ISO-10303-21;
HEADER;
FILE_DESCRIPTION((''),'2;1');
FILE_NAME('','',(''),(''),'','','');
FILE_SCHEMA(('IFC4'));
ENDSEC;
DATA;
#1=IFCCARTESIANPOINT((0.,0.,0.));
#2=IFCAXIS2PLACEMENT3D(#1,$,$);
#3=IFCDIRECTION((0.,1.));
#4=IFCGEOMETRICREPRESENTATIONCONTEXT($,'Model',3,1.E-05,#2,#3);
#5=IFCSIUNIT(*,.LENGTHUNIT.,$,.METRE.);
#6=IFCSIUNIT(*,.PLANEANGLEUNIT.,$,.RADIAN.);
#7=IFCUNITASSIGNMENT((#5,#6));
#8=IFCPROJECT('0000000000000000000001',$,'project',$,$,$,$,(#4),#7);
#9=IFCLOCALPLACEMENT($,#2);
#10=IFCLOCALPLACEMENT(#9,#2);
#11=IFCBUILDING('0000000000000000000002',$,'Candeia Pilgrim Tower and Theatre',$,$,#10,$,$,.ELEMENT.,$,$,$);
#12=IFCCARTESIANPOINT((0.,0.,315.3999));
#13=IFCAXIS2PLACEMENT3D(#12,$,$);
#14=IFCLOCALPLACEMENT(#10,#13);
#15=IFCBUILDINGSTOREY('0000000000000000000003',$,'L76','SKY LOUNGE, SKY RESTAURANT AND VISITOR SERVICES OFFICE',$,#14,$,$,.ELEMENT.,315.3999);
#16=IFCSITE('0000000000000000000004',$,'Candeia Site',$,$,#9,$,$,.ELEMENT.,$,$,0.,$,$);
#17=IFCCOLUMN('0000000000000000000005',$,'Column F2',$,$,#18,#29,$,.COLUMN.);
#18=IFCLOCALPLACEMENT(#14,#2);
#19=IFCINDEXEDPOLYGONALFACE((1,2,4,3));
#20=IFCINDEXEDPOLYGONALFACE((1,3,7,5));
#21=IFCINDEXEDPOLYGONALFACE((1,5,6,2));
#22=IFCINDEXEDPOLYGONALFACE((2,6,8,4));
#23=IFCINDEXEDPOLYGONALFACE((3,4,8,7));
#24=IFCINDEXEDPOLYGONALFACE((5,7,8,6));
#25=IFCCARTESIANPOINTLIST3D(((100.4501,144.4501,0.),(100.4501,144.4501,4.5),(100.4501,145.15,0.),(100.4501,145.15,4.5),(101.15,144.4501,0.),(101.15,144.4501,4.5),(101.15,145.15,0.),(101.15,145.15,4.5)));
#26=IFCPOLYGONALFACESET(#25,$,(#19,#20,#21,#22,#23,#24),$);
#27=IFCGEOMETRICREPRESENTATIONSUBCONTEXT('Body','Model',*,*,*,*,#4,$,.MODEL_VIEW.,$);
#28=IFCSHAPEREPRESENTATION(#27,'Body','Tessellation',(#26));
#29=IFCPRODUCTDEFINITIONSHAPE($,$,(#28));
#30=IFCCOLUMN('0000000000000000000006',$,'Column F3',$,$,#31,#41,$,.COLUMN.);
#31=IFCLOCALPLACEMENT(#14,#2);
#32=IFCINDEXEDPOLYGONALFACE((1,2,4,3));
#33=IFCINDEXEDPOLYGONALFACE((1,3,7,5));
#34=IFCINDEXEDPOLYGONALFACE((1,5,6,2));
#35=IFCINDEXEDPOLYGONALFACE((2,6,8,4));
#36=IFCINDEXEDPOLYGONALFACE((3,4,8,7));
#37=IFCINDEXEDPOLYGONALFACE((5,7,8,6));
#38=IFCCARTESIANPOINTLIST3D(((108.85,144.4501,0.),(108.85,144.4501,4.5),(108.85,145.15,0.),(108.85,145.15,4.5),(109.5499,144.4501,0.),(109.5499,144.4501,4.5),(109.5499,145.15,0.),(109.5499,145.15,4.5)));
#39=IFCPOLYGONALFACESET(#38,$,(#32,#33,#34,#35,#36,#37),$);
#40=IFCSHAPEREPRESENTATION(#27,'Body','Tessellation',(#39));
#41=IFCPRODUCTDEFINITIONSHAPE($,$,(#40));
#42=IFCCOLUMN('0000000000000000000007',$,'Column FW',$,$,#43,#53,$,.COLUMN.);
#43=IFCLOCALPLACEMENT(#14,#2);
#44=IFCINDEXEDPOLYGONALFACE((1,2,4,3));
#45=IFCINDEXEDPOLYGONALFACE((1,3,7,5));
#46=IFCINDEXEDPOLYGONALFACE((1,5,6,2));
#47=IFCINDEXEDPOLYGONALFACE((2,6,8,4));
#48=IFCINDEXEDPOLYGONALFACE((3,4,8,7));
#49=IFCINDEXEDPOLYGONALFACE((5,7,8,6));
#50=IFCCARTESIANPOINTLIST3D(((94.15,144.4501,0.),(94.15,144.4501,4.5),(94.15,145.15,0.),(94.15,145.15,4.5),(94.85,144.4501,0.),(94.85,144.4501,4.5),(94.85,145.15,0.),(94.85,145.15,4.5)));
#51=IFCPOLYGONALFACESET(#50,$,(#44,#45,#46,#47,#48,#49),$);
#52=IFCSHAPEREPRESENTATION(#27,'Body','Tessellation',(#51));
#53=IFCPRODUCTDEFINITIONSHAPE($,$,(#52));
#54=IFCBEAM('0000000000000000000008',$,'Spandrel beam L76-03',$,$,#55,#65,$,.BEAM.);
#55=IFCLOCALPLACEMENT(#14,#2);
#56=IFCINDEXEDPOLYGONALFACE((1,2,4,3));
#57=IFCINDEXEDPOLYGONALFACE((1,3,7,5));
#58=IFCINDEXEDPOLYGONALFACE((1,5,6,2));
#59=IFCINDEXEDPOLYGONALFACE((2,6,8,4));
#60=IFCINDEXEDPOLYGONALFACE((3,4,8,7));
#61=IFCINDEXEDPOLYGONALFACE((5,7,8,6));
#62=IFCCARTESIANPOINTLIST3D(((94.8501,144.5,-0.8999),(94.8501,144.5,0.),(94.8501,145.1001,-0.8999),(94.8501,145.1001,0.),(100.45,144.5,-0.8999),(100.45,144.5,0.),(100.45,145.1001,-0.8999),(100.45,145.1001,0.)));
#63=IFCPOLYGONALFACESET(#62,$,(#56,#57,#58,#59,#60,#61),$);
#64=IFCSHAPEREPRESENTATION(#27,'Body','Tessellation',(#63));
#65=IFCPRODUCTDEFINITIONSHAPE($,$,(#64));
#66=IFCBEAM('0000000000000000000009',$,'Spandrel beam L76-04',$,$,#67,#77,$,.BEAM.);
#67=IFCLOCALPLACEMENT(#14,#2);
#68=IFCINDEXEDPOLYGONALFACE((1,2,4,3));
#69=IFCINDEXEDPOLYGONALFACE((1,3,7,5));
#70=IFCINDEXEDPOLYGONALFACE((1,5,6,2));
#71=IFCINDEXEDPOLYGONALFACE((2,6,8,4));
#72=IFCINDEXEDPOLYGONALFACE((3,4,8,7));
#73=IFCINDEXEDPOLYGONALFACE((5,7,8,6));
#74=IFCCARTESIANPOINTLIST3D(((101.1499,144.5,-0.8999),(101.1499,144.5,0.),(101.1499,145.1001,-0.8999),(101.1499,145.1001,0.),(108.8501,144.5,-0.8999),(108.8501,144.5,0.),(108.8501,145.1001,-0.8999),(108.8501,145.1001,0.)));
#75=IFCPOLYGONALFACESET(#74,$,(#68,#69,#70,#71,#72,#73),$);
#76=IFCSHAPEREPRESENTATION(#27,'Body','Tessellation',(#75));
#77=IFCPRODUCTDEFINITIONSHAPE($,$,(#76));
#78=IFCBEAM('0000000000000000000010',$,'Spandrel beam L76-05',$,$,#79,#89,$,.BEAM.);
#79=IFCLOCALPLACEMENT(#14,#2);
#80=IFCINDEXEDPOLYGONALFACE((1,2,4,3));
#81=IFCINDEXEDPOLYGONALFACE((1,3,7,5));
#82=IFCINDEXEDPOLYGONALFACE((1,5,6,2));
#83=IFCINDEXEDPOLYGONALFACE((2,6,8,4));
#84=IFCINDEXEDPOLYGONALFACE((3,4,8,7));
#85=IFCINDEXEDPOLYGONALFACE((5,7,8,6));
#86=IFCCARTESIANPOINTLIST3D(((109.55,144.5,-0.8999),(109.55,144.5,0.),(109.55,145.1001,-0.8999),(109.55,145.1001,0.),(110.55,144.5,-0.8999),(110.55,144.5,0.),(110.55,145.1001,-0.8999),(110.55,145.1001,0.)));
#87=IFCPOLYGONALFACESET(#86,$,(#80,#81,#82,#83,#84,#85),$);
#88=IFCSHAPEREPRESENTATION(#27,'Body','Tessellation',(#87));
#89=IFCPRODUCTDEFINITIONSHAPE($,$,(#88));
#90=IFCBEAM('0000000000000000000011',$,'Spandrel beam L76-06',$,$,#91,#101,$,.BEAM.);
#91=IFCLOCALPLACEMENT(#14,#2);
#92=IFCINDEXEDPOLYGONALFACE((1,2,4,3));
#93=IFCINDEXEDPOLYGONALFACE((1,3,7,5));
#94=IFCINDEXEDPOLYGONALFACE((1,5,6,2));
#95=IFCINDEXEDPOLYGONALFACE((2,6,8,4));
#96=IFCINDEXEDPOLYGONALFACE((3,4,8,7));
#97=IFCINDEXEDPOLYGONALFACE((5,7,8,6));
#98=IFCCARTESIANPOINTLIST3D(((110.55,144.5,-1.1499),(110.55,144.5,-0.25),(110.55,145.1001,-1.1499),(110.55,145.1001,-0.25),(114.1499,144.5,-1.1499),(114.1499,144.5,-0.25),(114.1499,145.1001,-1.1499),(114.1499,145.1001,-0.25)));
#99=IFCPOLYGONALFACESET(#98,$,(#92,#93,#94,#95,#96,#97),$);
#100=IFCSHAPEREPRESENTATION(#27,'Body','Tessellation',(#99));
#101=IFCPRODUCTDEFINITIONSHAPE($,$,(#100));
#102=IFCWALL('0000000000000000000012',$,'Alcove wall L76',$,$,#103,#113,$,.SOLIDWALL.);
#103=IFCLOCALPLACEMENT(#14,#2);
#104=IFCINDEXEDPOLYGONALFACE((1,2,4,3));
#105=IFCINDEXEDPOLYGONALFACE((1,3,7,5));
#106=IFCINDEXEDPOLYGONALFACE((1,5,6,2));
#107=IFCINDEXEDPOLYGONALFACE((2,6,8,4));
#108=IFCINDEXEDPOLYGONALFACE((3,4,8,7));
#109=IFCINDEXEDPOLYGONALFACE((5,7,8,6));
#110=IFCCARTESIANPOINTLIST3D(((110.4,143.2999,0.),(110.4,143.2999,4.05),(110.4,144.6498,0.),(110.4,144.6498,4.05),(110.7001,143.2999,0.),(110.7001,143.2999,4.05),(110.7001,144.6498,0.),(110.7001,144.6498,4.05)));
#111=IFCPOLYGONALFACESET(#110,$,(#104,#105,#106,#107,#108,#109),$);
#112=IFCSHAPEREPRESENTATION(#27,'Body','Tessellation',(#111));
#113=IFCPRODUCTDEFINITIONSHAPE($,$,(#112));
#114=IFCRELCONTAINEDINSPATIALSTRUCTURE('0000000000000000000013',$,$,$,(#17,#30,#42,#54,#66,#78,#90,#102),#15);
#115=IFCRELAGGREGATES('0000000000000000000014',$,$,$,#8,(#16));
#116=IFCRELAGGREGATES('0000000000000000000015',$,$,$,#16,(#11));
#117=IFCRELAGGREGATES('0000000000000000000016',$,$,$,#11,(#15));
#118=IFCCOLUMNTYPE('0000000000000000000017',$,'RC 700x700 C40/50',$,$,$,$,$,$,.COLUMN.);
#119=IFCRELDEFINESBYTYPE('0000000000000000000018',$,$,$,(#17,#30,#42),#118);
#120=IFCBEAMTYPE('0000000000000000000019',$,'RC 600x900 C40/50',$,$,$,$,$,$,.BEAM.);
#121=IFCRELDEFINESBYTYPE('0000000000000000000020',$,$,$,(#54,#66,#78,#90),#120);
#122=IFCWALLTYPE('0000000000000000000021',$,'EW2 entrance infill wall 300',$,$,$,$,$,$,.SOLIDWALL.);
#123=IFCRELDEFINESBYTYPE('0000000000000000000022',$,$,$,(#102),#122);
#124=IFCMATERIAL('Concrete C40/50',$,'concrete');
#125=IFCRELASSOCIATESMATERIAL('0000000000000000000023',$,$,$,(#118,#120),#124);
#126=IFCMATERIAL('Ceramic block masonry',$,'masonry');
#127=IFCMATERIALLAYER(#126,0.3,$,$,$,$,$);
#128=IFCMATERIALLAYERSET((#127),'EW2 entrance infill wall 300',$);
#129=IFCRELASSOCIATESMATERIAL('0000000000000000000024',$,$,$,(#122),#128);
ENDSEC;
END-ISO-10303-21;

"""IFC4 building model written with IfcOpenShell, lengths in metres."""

from ifc_helpers import new_model, si_unit, direction, frame, frame_2d, origin, origin_2d, place, context, subcontext, project, spatial, rectangle, extrude, material, layer, layer_set, material_profile, profile_set, type_object, element, save


model = new_model("IFC4")

# Units and contexts
model_context = context("Model", 3, precision=1e-05, world=origin(), true_north=direction((0.0, 1.0)))
body_context = subcontext(model_context, "Body", "Model", "MODEL_VIEW")
ifc_project = project(units=[si_unit("LENGTHUNIT", "METRE"), si_unit("PLANEANGLEUNIT", "RADIAN")], contexts=[model_context])

# Site, building, storey
site_placement = place(None, origin())
site = spatial("IfcSite", under=ifc_project, at=site_placement, Name="Candeia Site", CompositionType="ELEMENT", RefElevation=0.0)
building_placement = place(site_placement, origin())
building = spatial("IfcBuilding", under=site, at=building_placement, Name="Candeia Pilgrim Tower and Theatre", CompositionType="ELEMENT")
storey_placement = place(building_placement, frame((0.0, 0.0, 315.3999)))
storey = spatial("IfcBuildingStorey", under=building, at=storey_placement, Name="L76", Description="SKY LOUNGE, SKY RESTAURANT AND VISITOR SERVICES OFFICE", CompositionType="ELEMENT", Elevation=315.3999)

# Columns
ifc_material_1 = material(Name="Concrete C40/50", Category="concrete")
ifc_material_profile_1 = material_profile(ifc_material_1, rectangle(XDim=0.7, YDim=0.7, at=origin_2d()))
ifc_profile_set_1 = profile_set([ifc_material_profile_1], Name="Concrete C40/50")
column_type = type_object("IfcColumnType", Name="RC 700x700 C40/50", PredefinedType="COLUMN", material=ifc_profile_set_1)
for number, where, z_axis, x_axis, name in (
    (1, (100.8, 144.8, 0.0), (0.0, 0.0, 1.0), (1.0, 0.0, 0.0), "Column F2"),
    (2, (109.2, 144.8, 0.0), (0.0, 0.0, 1.0), (1.0, 0.0, 0.0), "Column F3"),
    (3, (94.5, 144.8, 0.0), (0.0, 0.0, 1.0), (1.0, 0.0, 0.0), "Column FW"),
):
    element("IfcColumn", number, at=place(storey_placement, frame(where, z_axis=z_axis, x_axis=x_axis)), inside=storey, type_object=column_type, Name=name, PredefinedType="COLUMN", context=body_context, shape_type="SweptSolid", body=[
        extrude(rectangle(XDim=0.7, YDim=0.7, at=origin_2d()), origin(), (0.0, 0.0, 1.0), 4.5),
    ])

# Beams
ifc_material_profile_2 = material_profile(ifc_material_1, rectangle(XDim=0.6001, YDim=0.8999, at=origin_2d()))
ifc_profile_set_2 = profile_set([ifc_material_profile_2], Name="Concrete C40/50")
beam_type = type_object("IfcBeamType", Name="RC 600x900 C40/50", PredefinedType="BEAM", material=ifc_profile_set_2)
beam_1_placement = place(storey_placement, frame((94.8501, 144.8, -0.45), z_axis=(1.0, 0.0, 0.0), x_axis=(0.0, 1.0, 0.0)))
element("IfcBeam", 4, at=beam_1_placement, inside=storey, type_object=beam_type, Name="Spandrel beam L76-03", PredefinedType="BEAM", context=body_context, shape_type="SweptSolid", body=[
    extrude(rectangle(XDim=0.6001, YDim=0.8999, at=origin_2d()), origin(), (0.0, 0.0, 1.0), 5.5999),
])
beam_2_placement = place(storey_placement, frame((101.1499, 144.8, -0.45), z_axis=(1.0, 0.0, 0.0), x_axis=(0.0, 1.0, 0.0)))
element("IfcBeam", 5, at=beam_2_placement, inside=storey, type_object=beam_type, Name="Spandrel beam L76-04", PredefinedType="BEAM", context=body_context, shape_type="SweptSolid", body=[
    extrude(rectangle(XDim=0.6001, YDim=0.8999, at=origin_2d()), origin(), (0.0, 0.0, 1.0), 7.7002),
])
beam_3_placement = place(storey_placement, frame((109.55, 144.8, -0.45), z_axis=(1.0, 0.0, 0.0), x_axis=(0.0, 1.0, 0.0)))
element("IfcBeam", 6, at=beam_3_placement, inside=storey, type_object=beam_type, Name="Spandrel beam L76-05", PredefinedType="BEAM", context=body_context, shape_type="SweptSolid", body=[
    extrude(rectangle(XDim=0.6001, YDim=0.8999, at=origin_2d()), origin(), (0.0, 0.0, 1.0), 1.0),
])
beam_4_placement = place(storey_placement, frame((110.55, 144.8, -0.7), z_axis=(1.0, 0.0, 0.0), x_axis=(0.0, 1.0, 0.0)))
element("IfcBeam", 7, at=beam_4_placement, inside=storey, type_object=beam_type, Name="Spandrel beam L76-06", PredefinedType="BEAM", context=body_context, shape_type="SweptSolid", body=[
    extrude(rectangle(XDim=0.6001, YDim=0.8999, at=origin_2d()), origin(), (0.0, 0.0, 1.0), 3.5999),
])

# Wall
ifc_material_2 = material(Name="Ceramic block masonry", Category="masonry")
ifc_layer_1 = layer(ifc_material_2, 0.3)
ifc_layer_set_1 = layer_set([ifc_layer_1], Name="EW2 entrance infill wall 300")
wall_type = type_object("IfcWallType", Name="EW2 entrance infill wall 300", PredefinedType="SOLIDWALL", material=ifc_layer_set_1)
wall_placement = place(storey_placement, frame((110.55, 143.3, 0.0), z_axis=(0.0, 0.0, 1.0), x_axis=(0.0, 1.0, 0.0)))
element("IfcWall", 8, at=wall_placement, inside=storey, type_object=wall_type, Name="Alcove wall L76", PredefinedType="SOLIDWALL", context=body_context, shape_type="SweptSolid", body=[
    extrude(rectangle(XDim=1.3499, YDim=0.3, at=frame_2d((0.6748, 0.0))), origin(), (0.0, 0.0, 1.0), 4.05),
])

save(model, "model.ifc")
